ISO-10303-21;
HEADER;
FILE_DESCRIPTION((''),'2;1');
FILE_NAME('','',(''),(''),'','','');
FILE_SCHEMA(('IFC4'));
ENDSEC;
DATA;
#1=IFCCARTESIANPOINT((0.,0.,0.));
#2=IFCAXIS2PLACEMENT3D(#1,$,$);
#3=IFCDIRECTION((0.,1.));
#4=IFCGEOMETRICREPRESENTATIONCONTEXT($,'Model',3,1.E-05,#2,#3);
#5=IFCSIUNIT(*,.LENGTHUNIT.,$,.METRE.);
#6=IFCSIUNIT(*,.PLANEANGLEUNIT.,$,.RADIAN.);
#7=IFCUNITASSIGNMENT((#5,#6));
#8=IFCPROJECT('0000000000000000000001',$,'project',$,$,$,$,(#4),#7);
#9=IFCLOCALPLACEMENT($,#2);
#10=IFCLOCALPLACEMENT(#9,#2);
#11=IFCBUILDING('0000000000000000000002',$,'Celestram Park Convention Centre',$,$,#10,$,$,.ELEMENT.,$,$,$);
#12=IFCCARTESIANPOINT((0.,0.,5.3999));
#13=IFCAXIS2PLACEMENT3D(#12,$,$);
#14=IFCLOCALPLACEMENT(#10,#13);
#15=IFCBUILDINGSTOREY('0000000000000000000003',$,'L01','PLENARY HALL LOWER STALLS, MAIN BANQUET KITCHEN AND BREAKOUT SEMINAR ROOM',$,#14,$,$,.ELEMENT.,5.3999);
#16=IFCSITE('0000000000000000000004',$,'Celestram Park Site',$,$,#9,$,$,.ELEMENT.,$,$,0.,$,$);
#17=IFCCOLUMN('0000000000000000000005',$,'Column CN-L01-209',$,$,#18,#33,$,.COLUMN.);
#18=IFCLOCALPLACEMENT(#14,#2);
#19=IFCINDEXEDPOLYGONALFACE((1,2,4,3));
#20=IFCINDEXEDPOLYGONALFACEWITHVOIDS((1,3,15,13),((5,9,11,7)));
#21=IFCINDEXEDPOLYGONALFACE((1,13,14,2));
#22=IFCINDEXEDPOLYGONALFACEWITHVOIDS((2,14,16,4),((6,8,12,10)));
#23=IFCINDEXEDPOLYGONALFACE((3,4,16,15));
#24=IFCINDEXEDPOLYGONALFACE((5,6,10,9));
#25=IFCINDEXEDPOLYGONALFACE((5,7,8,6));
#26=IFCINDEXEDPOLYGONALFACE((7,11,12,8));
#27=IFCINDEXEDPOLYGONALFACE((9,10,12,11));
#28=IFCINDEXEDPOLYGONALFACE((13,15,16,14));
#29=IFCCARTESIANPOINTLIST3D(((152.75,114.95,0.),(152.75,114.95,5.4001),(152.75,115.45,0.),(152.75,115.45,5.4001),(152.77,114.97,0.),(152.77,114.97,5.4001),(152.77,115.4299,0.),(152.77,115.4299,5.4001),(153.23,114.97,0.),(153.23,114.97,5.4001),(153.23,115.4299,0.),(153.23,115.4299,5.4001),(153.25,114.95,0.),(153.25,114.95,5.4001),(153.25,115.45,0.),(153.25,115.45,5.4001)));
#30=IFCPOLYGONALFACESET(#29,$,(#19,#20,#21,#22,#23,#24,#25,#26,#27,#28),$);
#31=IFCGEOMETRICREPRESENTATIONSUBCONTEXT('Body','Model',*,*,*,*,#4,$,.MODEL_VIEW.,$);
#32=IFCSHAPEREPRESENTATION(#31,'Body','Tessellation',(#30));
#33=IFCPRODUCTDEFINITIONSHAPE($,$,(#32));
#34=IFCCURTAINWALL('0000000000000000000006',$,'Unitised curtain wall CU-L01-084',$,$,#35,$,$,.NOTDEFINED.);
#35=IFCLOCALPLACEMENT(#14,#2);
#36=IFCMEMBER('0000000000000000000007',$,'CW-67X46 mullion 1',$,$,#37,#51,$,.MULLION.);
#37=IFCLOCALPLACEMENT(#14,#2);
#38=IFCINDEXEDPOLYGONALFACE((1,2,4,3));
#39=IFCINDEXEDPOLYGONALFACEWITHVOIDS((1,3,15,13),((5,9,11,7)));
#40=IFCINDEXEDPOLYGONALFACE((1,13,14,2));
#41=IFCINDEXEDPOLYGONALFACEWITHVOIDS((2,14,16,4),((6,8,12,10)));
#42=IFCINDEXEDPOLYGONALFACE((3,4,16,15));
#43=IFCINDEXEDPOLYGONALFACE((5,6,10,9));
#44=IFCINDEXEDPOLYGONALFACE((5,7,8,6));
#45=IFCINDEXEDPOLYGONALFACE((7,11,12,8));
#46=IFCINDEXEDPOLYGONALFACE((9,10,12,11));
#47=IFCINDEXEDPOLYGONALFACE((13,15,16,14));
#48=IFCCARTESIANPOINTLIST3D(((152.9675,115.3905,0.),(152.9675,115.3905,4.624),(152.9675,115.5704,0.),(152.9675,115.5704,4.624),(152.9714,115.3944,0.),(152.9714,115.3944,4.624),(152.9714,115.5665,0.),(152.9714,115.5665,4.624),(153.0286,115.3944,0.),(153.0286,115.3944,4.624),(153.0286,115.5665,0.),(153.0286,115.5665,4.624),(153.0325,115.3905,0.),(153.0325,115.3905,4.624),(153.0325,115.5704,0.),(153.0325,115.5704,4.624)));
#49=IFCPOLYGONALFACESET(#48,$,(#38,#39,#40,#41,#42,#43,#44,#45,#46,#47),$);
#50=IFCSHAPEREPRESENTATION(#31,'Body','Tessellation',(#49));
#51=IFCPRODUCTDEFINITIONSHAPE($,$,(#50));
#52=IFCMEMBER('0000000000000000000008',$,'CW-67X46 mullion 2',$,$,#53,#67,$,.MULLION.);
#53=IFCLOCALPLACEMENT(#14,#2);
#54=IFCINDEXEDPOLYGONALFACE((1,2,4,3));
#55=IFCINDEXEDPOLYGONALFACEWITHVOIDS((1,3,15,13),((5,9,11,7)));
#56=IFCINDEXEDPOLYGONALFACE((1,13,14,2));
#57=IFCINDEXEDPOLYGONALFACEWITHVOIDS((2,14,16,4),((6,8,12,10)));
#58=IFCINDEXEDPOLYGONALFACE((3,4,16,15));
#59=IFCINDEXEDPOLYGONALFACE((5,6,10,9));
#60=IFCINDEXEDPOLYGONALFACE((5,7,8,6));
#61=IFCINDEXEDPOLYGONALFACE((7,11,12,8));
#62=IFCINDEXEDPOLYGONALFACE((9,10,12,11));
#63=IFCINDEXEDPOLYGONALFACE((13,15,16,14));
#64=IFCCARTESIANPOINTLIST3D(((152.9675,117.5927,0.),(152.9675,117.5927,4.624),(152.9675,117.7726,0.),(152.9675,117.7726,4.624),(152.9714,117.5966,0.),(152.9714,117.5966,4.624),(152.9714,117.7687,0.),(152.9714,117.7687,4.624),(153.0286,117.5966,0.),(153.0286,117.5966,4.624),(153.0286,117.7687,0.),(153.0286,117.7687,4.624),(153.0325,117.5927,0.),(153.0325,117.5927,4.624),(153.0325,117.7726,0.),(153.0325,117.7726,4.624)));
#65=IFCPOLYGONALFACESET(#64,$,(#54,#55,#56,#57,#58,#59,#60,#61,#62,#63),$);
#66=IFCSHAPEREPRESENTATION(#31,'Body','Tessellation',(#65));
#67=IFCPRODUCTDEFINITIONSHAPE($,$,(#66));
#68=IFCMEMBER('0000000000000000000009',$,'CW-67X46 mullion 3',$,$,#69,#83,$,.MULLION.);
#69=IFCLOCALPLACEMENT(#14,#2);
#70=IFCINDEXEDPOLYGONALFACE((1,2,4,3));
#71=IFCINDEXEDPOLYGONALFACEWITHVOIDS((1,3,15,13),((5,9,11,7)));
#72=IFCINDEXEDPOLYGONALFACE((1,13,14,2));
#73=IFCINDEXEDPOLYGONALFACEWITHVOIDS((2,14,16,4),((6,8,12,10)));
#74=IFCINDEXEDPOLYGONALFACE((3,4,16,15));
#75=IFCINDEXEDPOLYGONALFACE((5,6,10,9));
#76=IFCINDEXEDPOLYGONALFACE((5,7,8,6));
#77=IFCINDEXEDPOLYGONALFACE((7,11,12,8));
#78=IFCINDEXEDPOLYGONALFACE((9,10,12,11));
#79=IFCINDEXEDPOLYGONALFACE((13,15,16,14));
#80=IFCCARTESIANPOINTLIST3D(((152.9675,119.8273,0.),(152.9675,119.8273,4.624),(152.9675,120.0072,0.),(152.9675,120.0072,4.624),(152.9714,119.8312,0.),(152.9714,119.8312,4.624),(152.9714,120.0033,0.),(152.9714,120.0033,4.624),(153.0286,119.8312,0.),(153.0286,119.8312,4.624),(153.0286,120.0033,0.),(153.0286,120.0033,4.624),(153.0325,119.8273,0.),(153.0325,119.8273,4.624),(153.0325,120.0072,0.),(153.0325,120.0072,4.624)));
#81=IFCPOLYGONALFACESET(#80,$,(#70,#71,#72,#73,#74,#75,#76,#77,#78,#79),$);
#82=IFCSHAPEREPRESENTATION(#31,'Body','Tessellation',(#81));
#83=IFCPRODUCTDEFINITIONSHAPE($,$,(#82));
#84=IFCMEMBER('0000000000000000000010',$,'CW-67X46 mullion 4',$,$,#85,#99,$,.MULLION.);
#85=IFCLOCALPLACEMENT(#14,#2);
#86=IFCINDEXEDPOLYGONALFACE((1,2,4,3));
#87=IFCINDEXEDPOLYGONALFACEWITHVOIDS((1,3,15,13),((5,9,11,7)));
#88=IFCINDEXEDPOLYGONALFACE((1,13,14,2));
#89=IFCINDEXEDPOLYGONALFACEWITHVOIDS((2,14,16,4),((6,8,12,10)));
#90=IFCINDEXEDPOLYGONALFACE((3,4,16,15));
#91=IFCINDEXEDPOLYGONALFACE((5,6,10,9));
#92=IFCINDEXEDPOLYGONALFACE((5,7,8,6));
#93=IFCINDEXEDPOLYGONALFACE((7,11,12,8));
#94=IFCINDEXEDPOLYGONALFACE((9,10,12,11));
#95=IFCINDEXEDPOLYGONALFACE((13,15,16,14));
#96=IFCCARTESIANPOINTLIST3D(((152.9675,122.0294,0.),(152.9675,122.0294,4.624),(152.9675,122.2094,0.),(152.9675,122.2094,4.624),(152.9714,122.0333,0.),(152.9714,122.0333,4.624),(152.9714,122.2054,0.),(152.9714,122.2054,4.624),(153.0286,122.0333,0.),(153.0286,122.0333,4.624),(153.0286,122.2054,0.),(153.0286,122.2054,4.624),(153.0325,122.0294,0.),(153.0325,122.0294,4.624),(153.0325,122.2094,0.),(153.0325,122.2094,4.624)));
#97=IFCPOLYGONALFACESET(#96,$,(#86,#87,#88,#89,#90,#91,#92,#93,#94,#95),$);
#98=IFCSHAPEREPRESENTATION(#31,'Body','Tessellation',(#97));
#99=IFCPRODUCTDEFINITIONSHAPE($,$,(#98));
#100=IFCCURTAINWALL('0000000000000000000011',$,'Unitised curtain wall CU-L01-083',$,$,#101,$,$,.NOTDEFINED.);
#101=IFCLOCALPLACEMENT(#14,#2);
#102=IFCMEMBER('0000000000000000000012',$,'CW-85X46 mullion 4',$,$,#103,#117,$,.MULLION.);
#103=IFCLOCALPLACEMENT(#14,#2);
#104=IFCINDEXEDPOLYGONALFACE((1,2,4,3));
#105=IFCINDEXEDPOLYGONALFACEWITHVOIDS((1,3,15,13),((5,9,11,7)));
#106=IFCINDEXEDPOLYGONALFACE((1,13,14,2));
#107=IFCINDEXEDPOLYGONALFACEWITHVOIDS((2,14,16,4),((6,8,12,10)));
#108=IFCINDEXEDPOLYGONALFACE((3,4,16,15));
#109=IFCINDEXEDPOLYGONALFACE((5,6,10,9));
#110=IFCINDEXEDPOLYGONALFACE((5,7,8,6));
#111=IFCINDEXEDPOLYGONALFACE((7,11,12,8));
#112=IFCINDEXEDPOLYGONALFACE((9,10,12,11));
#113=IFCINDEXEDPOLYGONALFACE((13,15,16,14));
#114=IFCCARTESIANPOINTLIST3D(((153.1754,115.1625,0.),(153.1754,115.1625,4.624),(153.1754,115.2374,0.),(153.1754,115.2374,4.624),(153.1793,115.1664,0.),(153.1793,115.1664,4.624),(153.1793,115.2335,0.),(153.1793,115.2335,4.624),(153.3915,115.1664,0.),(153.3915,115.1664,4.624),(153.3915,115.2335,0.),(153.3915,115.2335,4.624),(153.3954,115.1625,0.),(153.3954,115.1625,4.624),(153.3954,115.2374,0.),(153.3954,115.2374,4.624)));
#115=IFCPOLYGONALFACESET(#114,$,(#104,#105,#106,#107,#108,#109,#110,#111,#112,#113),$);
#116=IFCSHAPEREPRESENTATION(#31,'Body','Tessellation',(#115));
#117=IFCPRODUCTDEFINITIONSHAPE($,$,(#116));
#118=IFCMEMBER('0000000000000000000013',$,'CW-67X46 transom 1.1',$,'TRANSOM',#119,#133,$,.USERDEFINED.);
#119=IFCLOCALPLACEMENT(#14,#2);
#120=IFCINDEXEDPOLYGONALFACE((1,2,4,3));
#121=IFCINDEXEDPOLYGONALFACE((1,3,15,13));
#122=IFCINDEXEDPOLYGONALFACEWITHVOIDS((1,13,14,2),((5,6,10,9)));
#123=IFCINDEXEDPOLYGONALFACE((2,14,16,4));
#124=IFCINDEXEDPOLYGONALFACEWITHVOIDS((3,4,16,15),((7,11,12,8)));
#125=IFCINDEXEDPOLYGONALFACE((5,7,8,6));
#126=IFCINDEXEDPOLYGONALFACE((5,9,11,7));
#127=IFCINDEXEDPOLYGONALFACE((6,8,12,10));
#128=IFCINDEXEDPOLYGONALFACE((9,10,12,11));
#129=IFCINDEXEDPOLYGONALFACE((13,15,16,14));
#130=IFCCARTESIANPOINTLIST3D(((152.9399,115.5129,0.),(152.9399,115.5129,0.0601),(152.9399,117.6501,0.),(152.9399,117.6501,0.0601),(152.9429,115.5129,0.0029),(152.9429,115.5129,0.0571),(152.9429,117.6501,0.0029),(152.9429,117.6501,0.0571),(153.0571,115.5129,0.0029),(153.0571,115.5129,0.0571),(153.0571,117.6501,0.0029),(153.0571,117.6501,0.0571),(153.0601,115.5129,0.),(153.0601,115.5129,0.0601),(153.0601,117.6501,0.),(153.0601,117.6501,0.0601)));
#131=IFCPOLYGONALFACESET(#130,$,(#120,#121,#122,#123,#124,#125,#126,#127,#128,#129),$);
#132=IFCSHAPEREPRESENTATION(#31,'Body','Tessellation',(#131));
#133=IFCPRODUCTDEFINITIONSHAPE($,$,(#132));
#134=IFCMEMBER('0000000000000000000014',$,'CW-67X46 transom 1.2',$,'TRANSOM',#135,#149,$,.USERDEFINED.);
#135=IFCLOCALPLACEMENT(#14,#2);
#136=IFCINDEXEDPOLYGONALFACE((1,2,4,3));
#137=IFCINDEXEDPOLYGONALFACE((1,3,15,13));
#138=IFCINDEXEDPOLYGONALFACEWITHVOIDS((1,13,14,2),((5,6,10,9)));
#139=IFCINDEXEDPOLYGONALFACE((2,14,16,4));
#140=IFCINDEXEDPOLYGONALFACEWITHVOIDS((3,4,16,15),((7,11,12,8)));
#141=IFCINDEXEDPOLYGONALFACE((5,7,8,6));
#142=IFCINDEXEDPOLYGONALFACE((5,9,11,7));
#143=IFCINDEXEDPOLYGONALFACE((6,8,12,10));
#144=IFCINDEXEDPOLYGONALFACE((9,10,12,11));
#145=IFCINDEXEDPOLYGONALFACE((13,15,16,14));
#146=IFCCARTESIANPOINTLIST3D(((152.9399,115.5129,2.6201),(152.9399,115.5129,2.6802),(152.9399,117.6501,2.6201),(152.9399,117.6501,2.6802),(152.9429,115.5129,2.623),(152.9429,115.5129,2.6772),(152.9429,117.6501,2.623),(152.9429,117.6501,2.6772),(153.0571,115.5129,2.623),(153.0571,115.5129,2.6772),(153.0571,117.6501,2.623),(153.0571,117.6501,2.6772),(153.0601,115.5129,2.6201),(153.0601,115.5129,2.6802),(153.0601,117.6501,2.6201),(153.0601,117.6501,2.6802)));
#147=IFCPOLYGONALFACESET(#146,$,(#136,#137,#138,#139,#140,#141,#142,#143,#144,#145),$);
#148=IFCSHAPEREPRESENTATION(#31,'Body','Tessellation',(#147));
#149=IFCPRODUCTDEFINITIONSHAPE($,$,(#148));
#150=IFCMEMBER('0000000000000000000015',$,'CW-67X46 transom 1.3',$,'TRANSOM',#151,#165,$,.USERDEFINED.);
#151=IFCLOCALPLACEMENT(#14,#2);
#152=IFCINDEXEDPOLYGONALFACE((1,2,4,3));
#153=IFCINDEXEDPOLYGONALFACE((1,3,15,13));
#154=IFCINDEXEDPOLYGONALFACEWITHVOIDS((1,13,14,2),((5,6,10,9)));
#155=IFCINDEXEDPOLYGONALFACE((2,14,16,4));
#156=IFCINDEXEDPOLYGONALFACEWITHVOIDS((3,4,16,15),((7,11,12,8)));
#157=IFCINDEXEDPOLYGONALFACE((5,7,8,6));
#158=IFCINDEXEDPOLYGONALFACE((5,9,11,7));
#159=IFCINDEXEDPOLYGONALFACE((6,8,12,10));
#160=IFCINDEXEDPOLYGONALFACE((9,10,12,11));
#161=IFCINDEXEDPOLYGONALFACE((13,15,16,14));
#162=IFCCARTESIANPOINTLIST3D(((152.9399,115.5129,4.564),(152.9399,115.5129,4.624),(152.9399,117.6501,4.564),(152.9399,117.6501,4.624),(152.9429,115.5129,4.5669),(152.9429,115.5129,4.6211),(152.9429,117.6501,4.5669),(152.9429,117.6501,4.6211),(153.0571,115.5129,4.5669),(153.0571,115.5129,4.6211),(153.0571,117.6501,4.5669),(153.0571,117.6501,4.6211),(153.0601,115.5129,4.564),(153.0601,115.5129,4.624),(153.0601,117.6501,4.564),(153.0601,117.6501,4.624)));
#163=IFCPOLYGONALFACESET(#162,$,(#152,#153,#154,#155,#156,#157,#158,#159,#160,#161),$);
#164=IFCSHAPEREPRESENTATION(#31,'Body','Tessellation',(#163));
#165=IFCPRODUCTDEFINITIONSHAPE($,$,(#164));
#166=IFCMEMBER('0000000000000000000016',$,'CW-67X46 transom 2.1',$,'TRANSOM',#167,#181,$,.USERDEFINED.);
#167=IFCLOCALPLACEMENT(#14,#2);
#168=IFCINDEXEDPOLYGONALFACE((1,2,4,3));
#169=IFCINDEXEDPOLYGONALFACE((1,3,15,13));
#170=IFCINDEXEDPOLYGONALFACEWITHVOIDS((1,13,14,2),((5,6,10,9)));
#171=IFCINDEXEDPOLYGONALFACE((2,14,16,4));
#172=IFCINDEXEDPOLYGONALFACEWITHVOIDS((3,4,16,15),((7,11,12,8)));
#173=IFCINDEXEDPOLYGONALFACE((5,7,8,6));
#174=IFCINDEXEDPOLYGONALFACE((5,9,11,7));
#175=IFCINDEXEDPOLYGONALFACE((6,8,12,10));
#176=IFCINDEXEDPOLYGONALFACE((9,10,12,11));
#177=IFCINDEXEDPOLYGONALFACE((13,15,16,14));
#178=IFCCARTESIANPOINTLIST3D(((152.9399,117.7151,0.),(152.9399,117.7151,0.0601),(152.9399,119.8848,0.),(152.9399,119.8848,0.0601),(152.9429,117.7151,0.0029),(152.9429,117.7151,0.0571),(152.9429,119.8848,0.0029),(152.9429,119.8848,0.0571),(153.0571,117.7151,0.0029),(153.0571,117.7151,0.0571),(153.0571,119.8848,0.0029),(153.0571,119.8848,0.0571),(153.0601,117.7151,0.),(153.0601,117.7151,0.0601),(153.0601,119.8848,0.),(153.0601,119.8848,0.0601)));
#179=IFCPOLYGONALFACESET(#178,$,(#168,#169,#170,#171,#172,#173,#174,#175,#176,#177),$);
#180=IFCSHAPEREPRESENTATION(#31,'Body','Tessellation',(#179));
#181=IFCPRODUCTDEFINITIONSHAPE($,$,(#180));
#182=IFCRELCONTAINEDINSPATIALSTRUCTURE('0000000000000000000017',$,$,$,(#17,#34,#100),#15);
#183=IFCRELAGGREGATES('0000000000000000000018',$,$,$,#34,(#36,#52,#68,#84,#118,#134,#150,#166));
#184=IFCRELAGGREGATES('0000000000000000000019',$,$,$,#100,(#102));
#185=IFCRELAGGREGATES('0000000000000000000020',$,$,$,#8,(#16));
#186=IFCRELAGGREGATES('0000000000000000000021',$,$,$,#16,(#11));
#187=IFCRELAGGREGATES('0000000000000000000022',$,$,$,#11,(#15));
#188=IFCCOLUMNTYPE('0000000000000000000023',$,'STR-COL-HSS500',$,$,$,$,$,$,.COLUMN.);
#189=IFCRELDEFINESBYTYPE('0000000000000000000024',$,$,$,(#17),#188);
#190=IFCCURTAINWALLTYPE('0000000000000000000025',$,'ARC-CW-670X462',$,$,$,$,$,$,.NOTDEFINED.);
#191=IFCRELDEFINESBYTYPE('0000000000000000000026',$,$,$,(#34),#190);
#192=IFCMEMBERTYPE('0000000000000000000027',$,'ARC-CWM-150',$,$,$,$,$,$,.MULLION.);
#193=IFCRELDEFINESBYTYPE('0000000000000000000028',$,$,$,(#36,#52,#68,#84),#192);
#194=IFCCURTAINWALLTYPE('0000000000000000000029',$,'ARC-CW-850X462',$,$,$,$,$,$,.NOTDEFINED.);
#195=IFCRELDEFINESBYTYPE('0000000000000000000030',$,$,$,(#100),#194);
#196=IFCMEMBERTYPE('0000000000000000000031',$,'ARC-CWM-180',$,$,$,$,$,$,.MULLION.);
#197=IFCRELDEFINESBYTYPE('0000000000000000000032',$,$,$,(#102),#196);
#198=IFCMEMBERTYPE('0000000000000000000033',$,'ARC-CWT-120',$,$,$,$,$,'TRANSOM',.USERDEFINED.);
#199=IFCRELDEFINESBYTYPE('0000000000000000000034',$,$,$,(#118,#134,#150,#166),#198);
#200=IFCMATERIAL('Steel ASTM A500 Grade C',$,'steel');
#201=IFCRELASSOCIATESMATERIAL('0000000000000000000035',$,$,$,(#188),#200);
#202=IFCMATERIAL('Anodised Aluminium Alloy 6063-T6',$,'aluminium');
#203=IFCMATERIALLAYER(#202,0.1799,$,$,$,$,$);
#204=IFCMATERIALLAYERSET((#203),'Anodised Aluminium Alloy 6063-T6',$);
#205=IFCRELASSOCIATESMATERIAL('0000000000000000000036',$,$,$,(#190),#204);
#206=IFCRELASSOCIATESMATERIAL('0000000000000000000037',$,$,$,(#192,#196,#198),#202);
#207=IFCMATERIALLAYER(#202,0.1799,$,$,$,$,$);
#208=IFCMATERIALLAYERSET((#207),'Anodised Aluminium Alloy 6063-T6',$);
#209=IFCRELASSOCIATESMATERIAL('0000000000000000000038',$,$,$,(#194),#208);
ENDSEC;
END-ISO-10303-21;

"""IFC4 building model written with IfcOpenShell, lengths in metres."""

from ifc_helpers import new_model, si_unit, direction, frame, origin, origin_2d, place, context, subcontext, project, spatial, hollow_rectangle, extrude, material, layer, layer_set, material_profile, profile_set, type_object, element, aggregate, save


model = new_model("IFC4")

# Units and contexts
model_context = context("Model", 3, precision=1e-05, world=origin(), true_north=direction((0.0, 1.0)))
body_context = subcontext(model_context, "Body", "Model", "MODEL_VIEW")
ifc_project = project(units=[si_unit("LENGTHUNIT", "METRE"), si_unit("PLANEANGLEUNIT", "RADIAN")], contexts=[model_context])

# Site, building, storey
site_placement = place(None, origin())
site = spatial("IfcSite", under=ifc_project, at=site_placement, Name="Celestram Park Site", CompositionType="ELEMENT", RefElevation=0.0)
building_placement = place(site_placement, origin())
building = spatial("IfcBuilding", under=site, at=building_placement, Name="Celestram Park Convention Centre", CompositionType="ELEMENT")
storey_placement = place(building_placement, frame((0.0, 0.0, 5.3999)))
storey = spatial("IfcBuildingStorey", under=building, at=storey_placement, Name="L01", Description="PLENARY HALL LOWER STALLS, MAIN BANQUET KITCHEN AND BREAKOUT SEMINAR ROOM", CompositionType="ELEMENT", Elevation=5.3999)

# Column
ifc_material_1 = material(Name="Steel ASTM A500 Grade C", Category="steel")
ifc_material_profile_1 = material_profile(ifc_material_1, hollow_rectangle(XDim=0.5, YDim=0.5, WallThickness=0.02, at=origin_2d()), Name="HSS500X500X20")
ifc_profile_set_1 = profile_set([ifc_material_profile_1], Name="Steel ASTM A500 Grade C")
column_type = type_object("IfcColumnType", Name="STR-COL-HSS500", PredefinedType="COLUMN", material=ifc_profile_set_1)
column_placement = place(storey_placement, frame((153.0, 115.2, 0.0), z_axis=(0.0, 0.0, 1.0), x_axis=(1.0, 0.0, 0.0)))
element("IfcColumn", 1, at=column_placement, inside=storey, type_object=column_type, Name="Column CN-L01-209", PredefinedType="COLUMN", context=body_context, shape_type="SweptSolid", body=[
    extrude(hollow_rectangle(XDim=0.5, YDim=0.5, WallThickness=0.02, at=origin_2d()), origin(), (0.0, 0.0, 1.0), 5.4001),
])

# Curtain wall, members
ifc_material_2 = material(Name="Anodised Aluminium Alloy 6063-T6", Category="aluminium")
ifc_layer_1 = layer(ifc_material_2, 0.1799)
ifc_layer_set_1 = layer_set([ifc_layer_1], Name="Anodised Aluminium Alloy 6063-T6")
curtain_wall_type_1 = type_object("IfcCurtainWallType", Name="ARC-CW-670X462", PredefinedType="NOTDEFINED", material=ifc_layer_set_1)
curtain_wall_1_placement = place(storey_placement, origin())
curtain_wall_1 = element("IfcCurtainWall", 2, at=curtain_wall_1_placement, inside=storey, type_object=curtain_wall_type_1, Name="Unitised curtain wall CU-L01-084", PredefinedType="NOTDEFINED")
ifc_material_profile_2 = material_profile(ifc_material_2, hollow_rectangle(XDim=0.0649, YDim=0.1799, WallThickness=0.0039, at=origin_2d()), Name="ALU65X180X4")
ifc_profile_set_2 = profile_set([ifc_material_profile_2], Name="Anodised Aluminium Alloy 6063-T6")
member_type_1 = type_object("IfcMemberType", Name="ARC-CWM-150", PredefinedType="MULLION", material=ifc_profile_set_2)
member_1_placement = place(storey_placement, frame((153.0, 115.4805, 0.0), z_axis=(0.0, 0.0, 1.0), x_axis=(-1.0, 0.0, 0.0)))
member_1 = element("IfcMember", 3, at=member_1_placement, type_object=member_type_1, Name="CW-67X46 mullion 1", PredefinedType="MULLION", context=body_context, shape_type="SweptSolid", body=[
    extrude(hollow_rectangle(XDim=0.0649, YDim=0.1799, WallThickness=0.0039, at=origin_2d()), origin(), (0.0, 0.0, 1.0), 4.624),
])
member_2_placement = place(storey_placement, frame((153.0, 117.6826, 0.0), z_axis=(0.0, 0.0, 1.0), x_axis=(-1.0, 0.0, 0.0)))
member_2 = element("IfcMember", 4, at=member_2_placement, type_object=member_type_1, Name="CW-67X46 mullion 2", PredefinedType="MULLION", context=body_context, shape_type="SweptSolid", body=[
    extrude(hollow_rectangle(XDim=0.0649, YDim=0.1799, WallThickness=0.0039, at=origin_2d()), origin(), (0.0, 0.0, 1.0), 4.624),
])
member_3_placement = place(storey_placement, frame((153.0, 119.9172, 0.0), z_axis=(0.0, 0.0, 1.0), x_axis=(-1.0, 0.0, 0.0)))
member_3 = element("IfcMember", 5, at=member_3_placement, type_object=member_type_1, Name="CW-67X46 mullion 3", PredefinedType="MULLION", context=body_context, shape_type="SweptSolid", body=[
    extrude(hollow_rectangle(XDim=0.0649, YDim=0.1799, WallThickness=0.0039, at=origin_2d()), origin(), (0.0, 0.0, 1.0), 4.624),
])
member_4_placement = place(storey_placement, frame((153.0, 122.1194, 0.0), z_axis=(0.0, 0.0, 1.0), x_axis=(-1.0, 0.0, 0.0)))
member_4 = element("IfcMember", 6, at=member_4_placement, type_object=member_type_1, Name="CW-67X46 mullion 4", PredefinedType="MULLION", context=body_context, shape_type="SweptSolid", body=[
    extrude(hollow_rectangle(XDim=0.0649, YDim=0.1799, WallThickness=0.0039, at=origin_2d()), origin(), (0.0, 0.0, 1.0), 4.624),
])

# Curtain wall, member
ifc_layer_2 = layer(ifc_material_2, 0.1799)
ifc_layer_set_2 = layer_set([ifc_layer_2], Name="Anodised Aluminium Alloy 6063-T6")
curtain_wall_type_2 = type_object("IfcCurtainWallType", Name="ARC-CW-850X462", PredefinedType="NOTDEFINED", material=ifc_layer_set_2)
curtain_wall_2_placement = place(storey_placement, origin())
curtain_wall_2 = element("IfcCurtainWall", 7, at=curtain_wall_2_placement, inside=storey, type_object=curtain_wall_type_2, Name="Unitised curtain wall CU-L01-083", PredefinedType="NOTDEFINED")
ifc_material_profile_3 = material_profile(ifc_material_2, hollow_rectangle(XDim=0.075, YDim=0.22, WallThickness=0.0039, at=origin_2d()), Name="ALU75X220X4")
ifc_profile_set_3 = profile_set([ifc_material_profile_3], Name="Anodised Aluminium Alloy 6063-T6")
member_type_2 = type_object("IfcMemberType", Name="ARC-CWM-180", PredefinedType="MULLION", material=ifc_profile_set_3)
member_5_placement = place(storey_placement, frame((153.2854, 115.2, 0.0), z_axis=(0.0, 0.0, 1.0), x_axis=(0.0, -1.0, 0.0)))
member_5 = element("IfcMember", 8, at=member_5_placement, type_object=member_type_2, Name="CW-85X46 mullion 4", PredefinedType="MULLION", context=body_context, shape_type="SweptSolid", body=[
    extrude(hollow_rectangle(XDim=0.075, YDim=0.22, WallThickness=0.0039, at=origin_2d()), origin(), (0.0, 0.0, 1.0), 4.624),
])

# Members
ifc_material_profile_4 = material_profile(ifc_material_2, hollow_rectangle(XDim=0.1201, YDim=0.0601, WallThickness=0.0029, at=origin_2d()), Name="ALU120X60X3")
ifc_profile_set_4 = profile_set([ifc_material_profile_4], Name="Anodised Aluminium Alloy 6063-T6")
member_type_3 = type_object("IfcMemberType", Name="ARC-CWT-120", ElementType="TRANSOM", PredefinedType="USERDEFINED", material=ifc_profile_set_4)
member_6_placement = place(storey_placement, frame((153.0, 115.5129, 0.03), z_axis=(0.0, 1.0, 0.0), x_axis=(-1.0, 0.0, 0.0)))
member_6 = element("IfcMember", 9, at=member_6_placement, type_object=member_type_3, Name="CW-67X46 transom 1.1", ObjectType="TRANSOM", PredefinedType="USERDEFINED", context=body_context, shape_type="SweptSolid", body=[
    extrude(hollow_rectangle(XDim=0.1201, YDim=0.0601, WallThickness=0.0029, at=origin_2d()), origin(), (0.0, 0.0, 1.0), 2.1372),
])
member_7_placement = place(storey_placement, frame((153.0, 115.5129, 2.6501), z_axis=(0.0, 1.0, 0.0), x_axis=(-1.0, 0.0, 0.0)))
member_7 = element("IfcMember", 10, at=member_7_placement, type_object=member_type_3, Name="CW-67X46 transom 1.2", ObjectType="TRANSOM", PredefinedType="USERDEFINED", context=body_context, shape_type="SweptSolid", body=[
    extrude(hollow_rectangle(XDim=0.1201, YDim=0.0601, WallThickness=0.0029, at=origin_2d()), origin(), (0.0, 0.0, 1.0), 2.1372),
])
member_8_placement = place(storey_placement, frame((153.0, 115.5129, 4.594), z_axis=(0.0, 1.0, 0.0), x_axis=(-1.0, 0.0, 0.0)))
member_8 = element("IfcMember", 11, at=member_8_placement, type_object=member_type_3, Name="CW-67X46 transom 1.3", ObjectType="TRANSOM", PredefinedType="USERDEFINED", context=body_context, shape_type="SweptSolid", body=[
    extrude(hollow_rectangle(XDim=0.1201, YDim=0.0601, WallThickness=0.0029, at=origin_2d()), origin(), (0.0, 0.0, 1.0), 2.1372),
])
member_9_placement = place(storey_placement, frame((153.0, 117.7151, 0.03), z_axis=(0.0, 1.0, 0.0), x_axis=(-1.0, 0.0, 0.0)))
member_9 = element("IfcMember", 12, at=member_9_placement, type_object=member_type_3, Name="CW-67X46 transom 2.1", ObjectType="TRANSOM", PredefinedType="USERDEFINED", context=body_context, shape_type="SweptSolid", body=[
    extrude(hollow_rectangle(XDim=0.1201, YDim=0.0601, WallThickness=0.0029, at=origin_2d()), origin(), (0.0, 0.0, 1.0), 2.1697),
])

aggregate(curtain_wall_1, [member_1, member_2, member_3, member_4, member_6, member_7, member_8, member_9])
aggregate(curtain_wall_2, [member_5])

save(model, "model.ifc")
